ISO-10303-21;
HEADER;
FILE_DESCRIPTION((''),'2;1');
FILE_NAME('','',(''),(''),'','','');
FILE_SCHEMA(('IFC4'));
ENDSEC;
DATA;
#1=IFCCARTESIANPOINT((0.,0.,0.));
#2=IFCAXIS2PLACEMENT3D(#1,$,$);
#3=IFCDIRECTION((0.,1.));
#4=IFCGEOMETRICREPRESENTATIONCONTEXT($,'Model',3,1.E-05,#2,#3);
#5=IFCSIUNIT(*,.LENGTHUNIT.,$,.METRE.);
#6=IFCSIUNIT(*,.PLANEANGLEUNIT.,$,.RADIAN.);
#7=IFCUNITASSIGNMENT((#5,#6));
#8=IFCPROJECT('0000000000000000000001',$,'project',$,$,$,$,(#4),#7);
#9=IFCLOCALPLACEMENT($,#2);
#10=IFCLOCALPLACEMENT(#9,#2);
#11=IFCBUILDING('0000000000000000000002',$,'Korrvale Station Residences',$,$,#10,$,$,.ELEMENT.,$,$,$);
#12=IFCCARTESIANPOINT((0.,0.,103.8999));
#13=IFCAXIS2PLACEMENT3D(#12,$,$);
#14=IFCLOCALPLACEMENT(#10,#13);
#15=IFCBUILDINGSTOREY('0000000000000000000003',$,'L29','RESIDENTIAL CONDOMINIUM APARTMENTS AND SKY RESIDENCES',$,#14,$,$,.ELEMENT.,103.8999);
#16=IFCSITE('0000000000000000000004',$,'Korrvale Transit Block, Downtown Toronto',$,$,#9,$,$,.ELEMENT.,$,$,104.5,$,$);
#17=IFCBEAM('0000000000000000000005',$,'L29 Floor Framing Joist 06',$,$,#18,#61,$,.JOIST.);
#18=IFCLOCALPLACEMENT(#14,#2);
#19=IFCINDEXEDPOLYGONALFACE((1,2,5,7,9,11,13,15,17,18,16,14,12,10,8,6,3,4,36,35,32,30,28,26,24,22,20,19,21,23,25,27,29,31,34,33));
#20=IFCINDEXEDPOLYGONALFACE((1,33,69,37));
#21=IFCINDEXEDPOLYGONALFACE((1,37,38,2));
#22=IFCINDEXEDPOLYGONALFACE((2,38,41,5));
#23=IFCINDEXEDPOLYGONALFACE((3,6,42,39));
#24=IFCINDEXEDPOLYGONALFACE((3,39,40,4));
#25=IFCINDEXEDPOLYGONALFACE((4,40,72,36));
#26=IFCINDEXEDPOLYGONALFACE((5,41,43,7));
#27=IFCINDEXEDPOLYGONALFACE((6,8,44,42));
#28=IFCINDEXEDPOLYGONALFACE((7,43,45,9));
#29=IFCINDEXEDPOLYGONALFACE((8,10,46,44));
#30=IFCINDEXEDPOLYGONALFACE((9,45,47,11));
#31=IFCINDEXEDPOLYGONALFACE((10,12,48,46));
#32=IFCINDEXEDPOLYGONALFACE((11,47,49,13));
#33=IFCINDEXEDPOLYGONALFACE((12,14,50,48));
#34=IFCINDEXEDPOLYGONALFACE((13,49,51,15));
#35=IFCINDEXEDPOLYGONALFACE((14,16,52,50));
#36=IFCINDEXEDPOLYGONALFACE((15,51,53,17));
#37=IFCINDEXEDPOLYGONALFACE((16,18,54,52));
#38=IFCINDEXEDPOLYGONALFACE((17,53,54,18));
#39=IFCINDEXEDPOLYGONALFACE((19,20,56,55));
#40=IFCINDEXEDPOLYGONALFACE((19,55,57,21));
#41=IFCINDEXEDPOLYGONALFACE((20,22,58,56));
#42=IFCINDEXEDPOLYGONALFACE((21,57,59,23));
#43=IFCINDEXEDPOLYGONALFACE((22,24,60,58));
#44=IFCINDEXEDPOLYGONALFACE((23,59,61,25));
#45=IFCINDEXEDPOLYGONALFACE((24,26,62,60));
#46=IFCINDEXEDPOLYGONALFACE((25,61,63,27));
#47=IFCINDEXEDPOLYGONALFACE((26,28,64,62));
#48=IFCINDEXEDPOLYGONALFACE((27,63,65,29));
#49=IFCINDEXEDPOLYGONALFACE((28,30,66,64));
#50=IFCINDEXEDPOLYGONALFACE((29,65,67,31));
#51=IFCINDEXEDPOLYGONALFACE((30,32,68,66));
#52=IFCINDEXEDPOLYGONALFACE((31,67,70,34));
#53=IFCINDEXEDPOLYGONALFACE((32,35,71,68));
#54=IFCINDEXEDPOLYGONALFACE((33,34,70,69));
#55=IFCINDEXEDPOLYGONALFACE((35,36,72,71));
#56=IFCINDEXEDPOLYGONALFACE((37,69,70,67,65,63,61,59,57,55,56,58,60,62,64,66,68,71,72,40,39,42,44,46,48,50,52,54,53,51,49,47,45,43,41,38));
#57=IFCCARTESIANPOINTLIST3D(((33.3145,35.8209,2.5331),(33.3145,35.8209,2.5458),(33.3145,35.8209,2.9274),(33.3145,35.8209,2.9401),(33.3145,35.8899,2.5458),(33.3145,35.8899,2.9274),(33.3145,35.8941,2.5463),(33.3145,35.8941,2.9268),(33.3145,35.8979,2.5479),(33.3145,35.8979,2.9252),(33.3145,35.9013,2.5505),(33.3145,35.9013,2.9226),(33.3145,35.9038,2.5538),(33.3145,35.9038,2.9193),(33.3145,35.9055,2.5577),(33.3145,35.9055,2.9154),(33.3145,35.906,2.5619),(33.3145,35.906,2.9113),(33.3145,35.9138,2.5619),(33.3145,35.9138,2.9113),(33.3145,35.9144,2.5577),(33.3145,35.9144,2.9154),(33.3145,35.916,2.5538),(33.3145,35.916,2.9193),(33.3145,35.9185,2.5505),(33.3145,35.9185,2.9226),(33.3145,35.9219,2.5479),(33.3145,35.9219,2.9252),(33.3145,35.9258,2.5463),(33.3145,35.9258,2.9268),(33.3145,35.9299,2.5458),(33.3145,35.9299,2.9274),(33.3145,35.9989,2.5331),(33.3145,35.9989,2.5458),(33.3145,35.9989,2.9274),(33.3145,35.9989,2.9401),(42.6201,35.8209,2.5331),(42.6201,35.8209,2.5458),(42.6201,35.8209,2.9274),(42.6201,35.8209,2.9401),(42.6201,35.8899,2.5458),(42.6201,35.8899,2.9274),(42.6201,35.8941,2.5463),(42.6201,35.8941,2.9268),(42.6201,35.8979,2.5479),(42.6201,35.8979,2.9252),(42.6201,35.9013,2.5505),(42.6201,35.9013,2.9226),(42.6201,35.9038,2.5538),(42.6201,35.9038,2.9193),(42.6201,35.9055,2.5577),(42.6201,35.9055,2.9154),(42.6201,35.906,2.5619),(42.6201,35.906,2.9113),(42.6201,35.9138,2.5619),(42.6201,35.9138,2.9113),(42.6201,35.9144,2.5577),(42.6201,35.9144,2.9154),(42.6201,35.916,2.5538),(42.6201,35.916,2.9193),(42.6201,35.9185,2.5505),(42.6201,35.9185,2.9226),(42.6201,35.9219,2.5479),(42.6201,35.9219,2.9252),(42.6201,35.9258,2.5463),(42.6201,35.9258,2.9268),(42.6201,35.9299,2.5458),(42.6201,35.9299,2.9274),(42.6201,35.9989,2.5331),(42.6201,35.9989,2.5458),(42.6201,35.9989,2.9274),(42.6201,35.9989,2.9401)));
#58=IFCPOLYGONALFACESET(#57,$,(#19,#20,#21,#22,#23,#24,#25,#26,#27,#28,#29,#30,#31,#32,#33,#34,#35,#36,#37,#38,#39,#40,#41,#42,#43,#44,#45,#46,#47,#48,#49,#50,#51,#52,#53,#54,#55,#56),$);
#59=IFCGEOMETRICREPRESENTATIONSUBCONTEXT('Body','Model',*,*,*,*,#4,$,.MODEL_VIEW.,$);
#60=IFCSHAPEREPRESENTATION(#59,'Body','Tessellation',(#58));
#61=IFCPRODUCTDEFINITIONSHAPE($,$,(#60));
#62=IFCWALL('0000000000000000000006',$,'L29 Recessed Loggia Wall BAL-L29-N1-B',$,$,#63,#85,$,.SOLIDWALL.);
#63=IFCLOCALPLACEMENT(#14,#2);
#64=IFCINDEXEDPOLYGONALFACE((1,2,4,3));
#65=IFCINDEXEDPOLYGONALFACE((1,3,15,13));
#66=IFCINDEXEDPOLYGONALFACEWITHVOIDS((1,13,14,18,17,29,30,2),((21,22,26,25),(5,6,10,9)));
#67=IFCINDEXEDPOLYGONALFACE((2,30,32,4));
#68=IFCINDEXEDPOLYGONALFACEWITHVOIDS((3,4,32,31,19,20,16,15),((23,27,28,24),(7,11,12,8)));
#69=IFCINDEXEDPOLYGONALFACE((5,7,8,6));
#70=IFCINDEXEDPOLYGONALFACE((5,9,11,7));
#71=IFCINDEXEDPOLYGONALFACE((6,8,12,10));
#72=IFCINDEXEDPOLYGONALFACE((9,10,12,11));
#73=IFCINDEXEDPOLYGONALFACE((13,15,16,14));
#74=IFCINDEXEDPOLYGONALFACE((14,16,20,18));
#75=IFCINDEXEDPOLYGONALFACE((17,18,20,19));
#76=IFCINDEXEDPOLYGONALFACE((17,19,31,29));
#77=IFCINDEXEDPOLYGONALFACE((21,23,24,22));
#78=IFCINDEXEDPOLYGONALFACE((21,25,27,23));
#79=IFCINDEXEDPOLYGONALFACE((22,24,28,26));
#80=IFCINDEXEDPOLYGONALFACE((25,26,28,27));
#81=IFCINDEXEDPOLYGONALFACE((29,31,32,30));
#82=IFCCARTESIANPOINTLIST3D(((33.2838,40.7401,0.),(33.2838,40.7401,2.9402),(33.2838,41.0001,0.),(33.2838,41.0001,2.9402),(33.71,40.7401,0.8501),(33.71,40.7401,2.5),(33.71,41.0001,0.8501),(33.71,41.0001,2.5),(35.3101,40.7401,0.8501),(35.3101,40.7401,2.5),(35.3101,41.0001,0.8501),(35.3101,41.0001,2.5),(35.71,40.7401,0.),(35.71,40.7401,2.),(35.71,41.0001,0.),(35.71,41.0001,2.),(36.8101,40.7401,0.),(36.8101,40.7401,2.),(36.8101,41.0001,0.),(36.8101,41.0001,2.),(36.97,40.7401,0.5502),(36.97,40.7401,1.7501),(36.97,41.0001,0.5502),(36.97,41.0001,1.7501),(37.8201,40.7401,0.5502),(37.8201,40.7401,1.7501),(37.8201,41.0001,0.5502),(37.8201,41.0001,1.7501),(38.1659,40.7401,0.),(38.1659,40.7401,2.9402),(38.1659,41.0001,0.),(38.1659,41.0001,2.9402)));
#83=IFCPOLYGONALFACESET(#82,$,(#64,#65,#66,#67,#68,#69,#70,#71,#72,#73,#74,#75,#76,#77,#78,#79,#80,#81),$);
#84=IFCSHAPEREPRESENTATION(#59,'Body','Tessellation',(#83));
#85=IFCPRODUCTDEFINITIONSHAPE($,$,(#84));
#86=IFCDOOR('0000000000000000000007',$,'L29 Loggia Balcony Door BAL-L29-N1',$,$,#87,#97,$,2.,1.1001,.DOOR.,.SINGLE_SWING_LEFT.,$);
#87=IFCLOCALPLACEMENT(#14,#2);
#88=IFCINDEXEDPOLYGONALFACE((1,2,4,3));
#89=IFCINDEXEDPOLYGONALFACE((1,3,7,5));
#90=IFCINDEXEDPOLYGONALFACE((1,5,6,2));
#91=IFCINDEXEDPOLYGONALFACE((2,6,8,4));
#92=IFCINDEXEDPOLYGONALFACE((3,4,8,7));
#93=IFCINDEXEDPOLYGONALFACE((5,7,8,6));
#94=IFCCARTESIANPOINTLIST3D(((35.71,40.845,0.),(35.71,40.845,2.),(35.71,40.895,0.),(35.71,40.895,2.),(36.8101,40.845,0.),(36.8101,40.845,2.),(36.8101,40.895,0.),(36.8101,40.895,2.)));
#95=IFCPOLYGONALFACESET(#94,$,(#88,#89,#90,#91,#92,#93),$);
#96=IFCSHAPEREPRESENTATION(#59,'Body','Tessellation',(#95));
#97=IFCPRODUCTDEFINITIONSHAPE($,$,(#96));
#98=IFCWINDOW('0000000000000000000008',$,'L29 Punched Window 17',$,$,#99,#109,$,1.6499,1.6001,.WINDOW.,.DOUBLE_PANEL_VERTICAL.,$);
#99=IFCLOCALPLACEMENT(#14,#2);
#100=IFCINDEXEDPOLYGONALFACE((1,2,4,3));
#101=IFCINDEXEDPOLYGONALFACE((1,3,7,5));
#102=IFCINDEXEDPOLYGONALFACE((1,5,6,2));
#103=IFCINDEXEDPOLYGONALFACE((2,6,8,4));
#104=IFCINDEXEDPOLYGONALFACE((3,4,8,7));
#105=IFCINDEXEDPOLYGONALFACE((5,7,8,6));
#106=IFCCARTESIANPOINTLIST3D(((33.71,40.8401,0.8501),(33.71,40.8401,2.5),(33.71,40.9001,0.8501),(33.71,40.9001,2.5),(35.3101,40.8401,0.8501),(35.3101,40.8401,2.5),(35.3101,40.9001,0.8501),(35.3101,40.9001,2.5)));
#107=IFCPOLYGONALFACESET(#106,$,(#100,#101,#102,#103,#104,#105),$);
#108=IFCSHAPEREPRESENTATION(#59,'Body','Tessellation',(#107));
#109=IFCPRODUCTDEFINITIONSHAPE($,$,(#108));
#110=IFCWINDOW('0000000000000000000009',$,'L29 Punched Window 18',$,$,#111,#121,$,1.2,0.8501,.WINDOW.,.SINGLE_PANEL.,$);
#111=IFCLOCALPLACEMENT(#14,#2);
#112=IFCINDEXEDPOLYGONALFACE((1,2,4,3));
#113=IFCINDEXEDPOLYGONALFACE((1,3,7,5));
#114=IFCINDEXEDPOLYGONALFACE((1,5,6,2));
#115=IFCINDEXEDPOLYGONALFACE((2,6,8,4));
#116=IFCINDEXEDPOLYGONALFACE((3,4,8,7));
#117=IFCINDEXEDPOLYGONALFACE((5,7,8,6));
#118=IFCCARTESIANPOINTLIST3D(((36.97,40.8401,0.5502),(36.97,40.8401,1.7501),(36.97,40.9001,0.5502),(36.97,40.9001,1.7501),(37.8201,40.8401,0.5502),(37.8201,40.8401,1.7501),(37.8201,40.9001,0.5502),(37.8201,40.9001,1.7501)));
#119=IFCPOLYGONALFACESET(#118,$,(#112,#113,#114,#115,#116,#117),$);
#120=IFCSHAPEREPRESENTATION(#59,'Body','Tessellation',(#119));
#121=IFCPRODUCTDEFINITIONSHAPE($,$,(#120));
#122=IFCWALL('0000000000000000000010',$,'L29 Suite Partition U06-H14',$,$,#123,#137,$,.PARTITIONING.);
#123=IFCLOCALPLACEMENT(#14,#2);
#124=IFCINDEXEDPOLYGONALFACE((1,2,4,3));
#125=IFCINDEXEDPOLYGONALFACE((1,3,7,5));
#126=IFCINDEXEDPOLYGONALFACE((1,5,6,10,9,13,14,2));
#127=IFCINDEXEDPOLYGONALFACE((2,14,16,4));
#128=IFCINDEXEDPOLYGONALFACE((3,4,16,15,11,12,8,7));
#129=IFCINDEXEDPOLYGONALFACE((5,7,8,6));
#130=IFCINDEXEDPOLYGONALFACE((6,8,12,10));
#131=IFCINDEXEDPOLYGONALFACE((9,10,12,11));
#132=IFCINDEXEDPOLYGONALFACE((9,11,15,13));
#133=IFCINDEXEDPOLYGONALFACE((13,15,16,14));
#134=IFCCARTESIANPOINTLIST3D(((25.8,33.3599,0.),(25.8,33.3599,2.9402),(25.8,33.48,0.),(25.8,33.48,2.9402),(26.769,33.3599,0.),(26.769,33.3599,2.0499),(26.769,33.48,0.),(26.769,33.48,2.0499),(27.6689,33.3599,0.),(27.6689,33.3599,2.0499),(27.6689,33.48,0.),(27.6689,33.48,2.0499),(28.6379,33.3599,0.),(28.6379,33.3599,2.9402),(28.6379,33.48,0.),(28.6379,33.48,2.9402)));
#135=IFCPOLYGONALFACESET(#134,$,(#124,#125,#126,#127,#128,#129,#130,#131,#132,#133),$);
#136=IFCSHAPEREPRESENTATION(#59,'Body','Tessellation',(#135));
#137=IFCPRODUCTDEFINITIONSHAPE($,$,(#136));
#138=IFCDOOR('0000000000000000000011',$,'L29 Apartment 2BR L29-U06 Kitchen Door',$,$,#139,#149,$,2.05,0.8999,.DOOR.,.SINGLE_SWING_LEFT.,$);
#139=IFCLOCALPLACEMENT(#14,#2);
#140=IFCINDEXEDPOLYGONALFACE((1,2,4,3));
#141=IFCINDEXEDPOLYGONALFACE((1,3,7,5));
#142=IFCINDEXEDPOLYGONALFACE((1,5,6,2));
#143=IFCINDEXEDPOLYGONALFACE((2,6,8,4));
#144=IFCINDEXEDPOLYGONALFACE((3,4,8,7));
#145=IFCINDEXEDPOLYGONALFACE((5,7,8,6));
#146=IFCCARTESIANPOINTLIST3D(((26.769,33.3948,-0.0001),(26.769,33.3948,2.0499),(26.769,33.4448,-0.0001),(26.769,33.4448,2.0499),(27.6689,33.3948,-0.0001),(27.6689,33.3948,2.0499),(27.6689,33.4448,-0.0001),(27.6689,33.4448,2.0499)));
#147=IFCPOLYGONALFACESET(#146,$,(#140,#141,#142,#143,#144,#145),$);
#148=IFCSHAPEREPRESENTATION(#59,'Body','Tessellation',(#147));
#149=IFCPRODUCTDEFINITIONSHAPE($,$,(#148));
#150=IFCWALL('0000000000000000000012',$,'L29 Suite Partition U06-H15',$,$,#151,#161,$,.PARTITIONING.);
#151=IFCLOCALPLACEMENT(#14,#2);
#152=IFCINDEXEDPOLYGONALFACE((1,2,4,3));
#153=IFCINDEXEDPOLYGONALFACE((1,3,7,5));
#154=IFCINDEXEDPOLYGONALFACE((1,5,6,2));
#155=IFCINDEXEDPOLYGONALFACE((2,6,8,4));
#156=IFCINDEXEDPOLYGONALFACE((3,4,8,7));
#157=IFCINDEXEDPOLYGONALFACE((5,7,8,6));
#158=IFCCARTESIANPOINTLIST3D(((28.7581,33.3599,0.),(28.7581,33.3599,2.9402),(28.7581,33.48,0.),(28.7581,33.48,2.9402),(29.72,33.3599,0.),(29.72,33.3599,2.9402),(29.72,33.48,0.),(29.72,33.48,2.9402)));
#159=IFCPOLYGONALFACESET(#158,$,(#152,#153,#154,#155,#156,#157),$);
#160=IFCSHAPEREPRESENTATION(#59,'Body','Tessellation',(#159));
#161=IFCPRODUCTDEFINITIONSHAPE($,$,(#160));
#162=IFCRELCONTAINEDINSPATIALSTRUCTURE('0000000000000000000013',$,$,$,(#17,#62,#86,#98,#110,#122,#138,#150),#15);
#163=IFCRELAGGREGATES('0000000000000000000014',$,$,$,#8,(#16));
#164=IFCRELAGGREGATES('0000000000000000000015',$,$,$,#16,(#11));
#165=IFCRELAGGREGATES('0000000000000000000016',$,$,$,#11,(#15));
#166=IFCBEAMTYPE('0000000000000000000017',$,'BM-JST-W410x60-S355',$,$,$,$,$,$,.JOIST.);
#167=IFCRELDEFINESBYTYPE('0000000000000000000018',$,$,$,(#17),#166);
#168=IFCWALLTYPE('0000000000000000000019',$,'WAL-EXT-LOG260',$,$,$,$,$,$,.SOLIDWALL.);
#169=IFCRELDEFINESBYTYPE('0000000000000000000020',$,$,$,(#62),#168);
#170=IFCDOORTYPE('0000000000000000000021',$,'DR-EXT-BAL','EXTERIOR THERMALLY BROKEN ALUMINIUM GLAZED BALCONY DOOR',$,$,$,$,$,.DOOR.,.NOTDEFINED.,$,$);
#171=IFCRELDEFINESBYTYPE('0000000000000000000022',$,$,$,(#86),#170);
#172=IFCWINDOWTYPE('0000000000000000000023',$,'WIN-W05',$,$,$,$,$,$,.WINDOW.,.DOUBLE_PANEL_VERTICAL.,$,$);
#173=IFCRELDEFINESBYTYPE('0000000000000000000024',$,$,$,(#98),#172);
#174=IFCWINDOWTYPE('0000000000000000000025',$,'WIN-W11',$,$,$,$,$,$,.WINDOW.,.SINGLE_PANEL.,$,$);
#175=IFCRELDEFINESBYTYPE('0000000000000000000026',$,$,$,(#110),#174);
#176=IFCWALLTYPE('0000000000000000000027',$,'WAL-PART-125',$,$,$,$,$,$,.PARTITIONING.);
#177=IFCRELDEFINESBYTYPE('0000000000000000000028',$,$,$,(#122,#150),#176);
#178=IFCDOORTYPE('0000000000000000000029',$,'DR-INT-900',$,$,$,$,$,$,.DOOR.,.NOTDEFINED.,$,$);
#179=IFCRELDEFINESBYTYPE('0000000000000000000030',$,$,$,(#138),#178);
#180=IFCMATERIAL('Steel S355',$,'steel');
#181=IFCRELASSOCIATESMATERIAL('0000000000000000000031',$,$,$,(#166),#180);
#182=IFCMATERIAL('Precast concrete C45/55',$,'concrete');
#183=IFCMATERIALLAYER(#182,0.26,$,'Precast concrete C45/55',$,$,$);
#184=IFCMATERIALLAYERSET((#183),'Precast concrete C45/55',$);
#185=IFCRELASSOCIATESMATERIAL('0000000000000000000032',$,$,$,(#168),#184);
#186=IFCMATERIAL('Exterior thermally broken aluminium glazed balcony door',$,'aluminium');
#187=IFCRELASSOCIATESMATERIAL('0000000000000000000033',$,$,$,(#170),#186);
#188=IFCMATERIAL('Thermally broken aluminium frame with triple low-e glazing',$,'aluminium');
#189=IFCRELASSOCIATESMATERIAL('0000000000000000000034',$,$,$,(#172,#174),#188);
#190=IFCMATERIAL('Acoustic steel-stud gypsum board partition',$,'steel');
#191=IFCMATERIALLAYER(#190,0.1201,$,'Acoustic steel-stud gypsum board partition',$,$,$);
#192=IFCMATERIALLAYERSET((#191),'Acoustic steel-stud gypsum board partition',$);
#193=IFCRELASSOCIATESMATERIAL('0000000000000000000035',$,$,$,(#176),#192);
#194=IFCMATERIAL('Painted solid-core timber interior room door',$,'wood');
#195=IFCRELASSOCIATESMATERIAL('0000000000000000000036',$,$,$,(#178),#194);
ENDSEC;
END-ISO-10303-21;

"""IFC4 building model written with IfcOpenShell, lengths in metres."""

from ifc_helpers import new_model, si_unit, direction, frame, frame_2d, origin, origin_2d, place, context, subcontext, project, spatial, rectangle, i_section, extrude, material, layer, layer_set, material_profile, profile_set, type_object, element, fill, save


model = new_model("IFC4")

# Units and contexts
model_context = context("Model", 3, precision=1e-05, world=origin(), true_north=direction((0.0, 1.0)))
body_context = subcontext(model_context, "Body", "Model", "MODEL_VIEW")
ifc_project = project(units=[si_unit("LENGTHUNIT", "METRE"), si_unit("PLANEANGLEUNIT", "RADIAN")], contexts=[model_context])

# Site, building, storey
site_placement = place(None, origin())
site = spatial("IfcSite", under=ifc_project, at=site_placement, Name="Korrvale Transit Block, Downtown Toronto", CompositionType="ELEMENT", RefElevation=104.5)
building_placement = place(site_placement, origin())
building = spatial("IfcBuilding", under=site, at=building_placement, Name="Korrvale Station Residences", CompositionType="ELEMENT")
storey_placement = place(building_placement, frame((0.0, 0.0, 103.8999)))
storey = spatial("IfcBuildingStorey", under=building, at=storey_placement, Name="L29", Description="RESIDENTIAL CONDOMINIUM APARTMENTS AND SKY RESIDENCES", CompositionType="ELEMENT", Elevation=103.8999)

# Beam
ifc_material_1 = material(Name="Steel S355", Category="steel")
ifc_material_profile = material_profile(ifc_material_1, i_section(OverallWidth=0.178, OverallDepth=0.407, WebThickness=0.0078, FlangeThickness=0.0127, FilletRadius=0.0161, at=origin_2d()), Name="W410x60")
ifc_profile_set = profile_set([ifc_material_profile], Name="Steel S355")
beam_type = type_object("IfcBeamType", Name="BM-JST-W410x60-S355", PredefinedType="JOIST", material=ifc_profile_set)
beam_placement = place(storey_placement, frame((33.3145, 35.9099, 2.7366), z_axis=(1.0, 0.0, 0.0), x_axis=(0.0, 1.0, 0.0)))
element("IfcBeam", 1, at=beam_placement, inside=storey, type_object=beam_type, Name="L29 Floor Framing Joist 06", PredefinedType="JOIST", context=body_context, shape_type="SweptSolid", body=[
    extrude(i_section(OverallWidth=0.178, OverallDepth=0.407, WebThickness=0.0078, FlangeThickness=0.0127, FilletRadius=0.0161, at=origin_2d()), origin(), (0.0, 0.0, 1.0), 9.3057),
])

# Wall, openings, door, windows
ifc_material_2 = material(Name="Precast concrete C45/55", Category="concrete")
ifc_layer_1 = layer(ifc_material_2, 0.26, Name="Precast concrete C45/55")
ifc_layer_set_1 = layer_set([ifc_layer_1], Name="Precast concrete C45/55")
wall_type_1 = type_object("IfcWallType", Name="WAL-EXT-LOG260", PredefinedType="SOLIDWALL", material=ifc_layer_set_1)
wall_1_placement = place(storey_placement, frame((33.2839, 40.8701, 0.0), z_axis=(0.0, 0.0, 1.0), x_axis=(1.0, 0.0, 0.0)))
wall_1 = element("IfcWall", 2, at=wall_1_placement, inside=storey, type_object=wall_type_1, Name="L29 Recessed Loggia Wall BAL-L29-N1-B", PredefinedType="SOLIDWALL", context=body_context, shape_type="SweptSolid", body=[
    extrude(rectangle(XDim=4.8821, YDim=0.26, at=frame_2d((2.4409, 0.0))), origin(), (0.0, 0.0, 1.0), 2.9402),
])
opening_1_placement = place(wall_1_placement, frame((2.426, 0.0, 0.0)))
opening_1 = element("IfcOpeningElement", 3, at=opening_1_placement, cuts=wall_1, PredefinedType="OPENING", context=body_context, shape_type="SweptSolid", body=[
    extrude(rectangle(XDim=1.1001, YDim=2.0, at=frame_2d((0.55, 1.0))), frame((0.0, 0.1401, 0.0), z_axis=(0.0, -1.0, 0.0), x_axis=(1.0, 0.0, 0.0)), (0.0, 0.0, 1.0), 0.28),
])
opening_2_placement = place(wall_1_placement, frame((0.426, 0.0, 0.8501)))
opening_2 = element("IfcOpeningElement", 4, at=opening_2_placement, cuts=wall_1, PredefinedType="OPENING", context=body_context, shape_type="SweptSolid", body=[
    extrude(rectangle(XDim=1.6001, YDim=1.6499, at=frame_2d((0.8, 0.825))), frame((0.0, 0.1401, 0.0), z_axis=(0.0, -1.0, 0.0), x_axis=(1.0, 0.0, 0.0)), (0.0, 0.0, 1.0), 0.28),
])
opening_3_placement = place(wall_1_placement, frame((3.686, 0.0, 0.55)))
opening_3 = element("IfcOpeningElement", 5, at=opening_3_placement, cuts=wall_1, PredefinedType="OPENING", context=body_context, shape_type="SweptSolid", body=[
    extrude(rectangle(XDim=0.8501, YDim=1.2, at=frame_2d((0.425, 0.6001))), frame((0.0, 0.1401, 0.0), z_axis=(0.0, -1.0, 0.0), x_axis=(1.0, 0.0, 0.0)), (0.0, 0.0, 1.0), 0.28),
])
ifc_material_3 = material(Name="Exterior thermally broken aluminium glazed balcony door", Category="aluminium")
door_type_1 = type_object("IfcDoorType", Name="DR-EXT-BAL", Description="EXTERIOR THERMALLY BROKEN ALUMINIUM GLAZED BALCONY DOOR", OperationType="NOTDEFINED", PredefinedType="DOOR", material=ifc_material_3)
door_1_placement = place(opening_1_placement, origin())
door_1 = element("IfcDoor", 6, at=door_1_placement, inside=storey, type_object=door_type_1, Name="L29 Loggia Balcony Door BAL-L29-N1", OperationType="SINGLE_SWING_LEFT", OverallHeight=2.0, OverallWidth=1.1001, PredefinedType="DOOR", context=body_context, shape_type="SweptSolid", body=[
    extrude(rectangle(XDim=1.1001, YDim=2.0, at=frame_2d((0.55, 1.0))), frame((0.0, 0.0249, 0.0), z_axis=(0.0, -1.0, 0.0), x_axis=(1.0, 0.0, 0.0)), (0.0, 0.0, 1.0), 0.05),
])
fill(opening_1, door_1)
ifc_material_4 = material(Name="Thermally broken aluminium frame with triple low-e glazing", Category="aluminium")
window_type_1 = type_object("IfcWindowType", Name="WIN-W05", PartitioningType="DOUBLE_PANEL_VERTICAL", PredefinedType="WINDOW", material=ifc_material_4)
window_1_placement = place(opening_2_placement, origin())
window_1 = element("IfcWindow", 7, at=window_1_placement, inside=storey, type_object=window_type_1, Name="L29 Punched Window 17", OverallHeight=1.6499, OverallWidth=1.6001, PartitioningType="DOUBLE_PANEL_VERTICAL", PredefinedType="WINDOW", context=body_context, shape_type="SweptSolid", body=[
    extrude(rectangle(XDim=1.6001, YDim=1.6499, at=frame_2d((0.8, 0.825))), frame((0.0, 0.03, 0.0), z_axis=(0.0, -1.0, 0.0), x_axis=(1.0, 0.0, 0.0)), (0.0, 0.0, 1.0), 0.0601),
])
fill(opening_2, window_1)
window_type_2 = type_object("IfcWindowType", Name="WIN-W11", PartitioningType="SINGLE_PANEL", PredefinedType="WINDOW", material=ifc_material_4)
window_2_placement = place(opening_3_placement, origin())
window_2 = element("IfcWindow", 8, at=window_2_placement, inside=storey, type_object=window_type_2, Name="L29 Punched Window 18", OverallHeight=1.2, OverallWidth=0.8501, PartitioningType="SINGLE_PANEL", PredefinedType="WINDOW", context=body_context, shape_type="SweptSolid", body=[
    extrude(rectangle(XDim=0.8501, YDim=1.2, at=frame_2d((0.425, 0.6001))), frame((0.0, 0.03, 0.0), z_axis=(0.0, -1.0, 0.0), x_axis=(1.0, 0.0, 0.0)), (0.0, 0.0, 1.0), 0.0601),
])
fill(opening_3, window_2)

# Wall, opening, door
ifc_material_5 = material(Name="Acoustic steel-stud gypsum board partition", Category="steel")
ifc_layer_2 = layer(ifc_material_5, 0.1201, Name="Acoustic steel-stud gypsum board partition")
ifc_layer_set_2 = layer_set([ifc_layer_2], Name="Acoustic steel-stud gypsum board partition")
wall_type_2 = type_object("IfcWallType", Name="WAL-PART-125", PredefinedType="PARTITIONING", material=ifc_layer_set_2)
wall_2_placement = place(storey_placement, frame((25.8, 33.4199, 0.0), z_axis=(0.0, 0.0, 1.0), x_axis=(1.0, 0.0, 0.0)))
wall_2 = element("IfcWall", 9, at=wall_2_placement, inside=storey, type_object=wall_type_2, Name="L29 Suite Partition U06-H14", PredefinedType="PARTITIONING", context=body_context, shape_type="SweptSolid", body=[
    extrude(rectangle(XDim=2.8379, YDim=0.1201, at=frame_2d((1.4189, 0.0))), origin(), (0.0, 0.0, 1.0), 2.9402),
])
opening_4_placement = place(wall_2_placement, frame((0.969, 0.0, 0.0)))
opening_4 = element("IfcOpeningElement", 10, at=opening_4_placement, cuts=wall_2, PredefinedType="OPENING", context=body_context, shape_type="SweptSolid", body=[
    extrude(rectangle(XDim=0.8999, YDim=2.05, at=frame_2d((0.45, 1.0249))), frame((0.0, 0.0701, 0.0), z_axis=(0.0, -1.0, 0.0), x_axis=(1.0, 0.0, 0.0)), (0.0, 0.0, 1.0), 0.1401),
])
ifc_material_6 = material(Name="Painted solid-core timber interior room door", Category="wood")
door_type_2 = type_object("IfcDoorType", Name="DR-INT-900", OperationType="NOTDEFINED", PredefinedType="DOOR", material=ifc_material_6)
door_2_placement = place(opening_4_placement, origin())
door_2 = element("IfcDoor", 11, at=door_2_placement, inside=storey, type_object=door_type_2, Name="L29 Apartment 2BR L29-U06 Kitchen Door", OperationType="SINGLE_SWING_LEFT", OverallHeight=2.05, OverallWidth=0.8999, PredefinedType="DOOR", context=body_context, shape_type="SweptSolid", body=[
    extrude(rectangle(XDim=0.8999, YDim=2.05, at=frame_2d((0.45, 1.0249))), frame((0.0, 0.0249, 0.0), z_axis=(0.0, -1.0, 0.0), x_axis=(1.0, 0.0, 0.0)), (0.0, 0.0, 1.0), 0.05),
])
fill(opening_4, door_2)

# Wall
wall_3_placement = place(storey_placement, frame((28.7581, 33.4199, 0.0), z_axis=(0.0, 0.0, 1.0), x_axis=(1.0, 0.0, 0.0)))
element("IfcWall", 12, at=wall_3_placement, inside=storey, type_object=wall_type_2, Name="L29 Suite Partition U06-H15", PredefinedType="PARTITIONING", context=body_context, shape_type="SweptSolid", body=[
    extrude(rectangle(XDim=0.9619, YDim=0.1201, at=frame_2d((0.481, 0.0))), origin(), (0.0, 0.0, 1.0), 2.9402),
])

save(model, "model.ifc")
